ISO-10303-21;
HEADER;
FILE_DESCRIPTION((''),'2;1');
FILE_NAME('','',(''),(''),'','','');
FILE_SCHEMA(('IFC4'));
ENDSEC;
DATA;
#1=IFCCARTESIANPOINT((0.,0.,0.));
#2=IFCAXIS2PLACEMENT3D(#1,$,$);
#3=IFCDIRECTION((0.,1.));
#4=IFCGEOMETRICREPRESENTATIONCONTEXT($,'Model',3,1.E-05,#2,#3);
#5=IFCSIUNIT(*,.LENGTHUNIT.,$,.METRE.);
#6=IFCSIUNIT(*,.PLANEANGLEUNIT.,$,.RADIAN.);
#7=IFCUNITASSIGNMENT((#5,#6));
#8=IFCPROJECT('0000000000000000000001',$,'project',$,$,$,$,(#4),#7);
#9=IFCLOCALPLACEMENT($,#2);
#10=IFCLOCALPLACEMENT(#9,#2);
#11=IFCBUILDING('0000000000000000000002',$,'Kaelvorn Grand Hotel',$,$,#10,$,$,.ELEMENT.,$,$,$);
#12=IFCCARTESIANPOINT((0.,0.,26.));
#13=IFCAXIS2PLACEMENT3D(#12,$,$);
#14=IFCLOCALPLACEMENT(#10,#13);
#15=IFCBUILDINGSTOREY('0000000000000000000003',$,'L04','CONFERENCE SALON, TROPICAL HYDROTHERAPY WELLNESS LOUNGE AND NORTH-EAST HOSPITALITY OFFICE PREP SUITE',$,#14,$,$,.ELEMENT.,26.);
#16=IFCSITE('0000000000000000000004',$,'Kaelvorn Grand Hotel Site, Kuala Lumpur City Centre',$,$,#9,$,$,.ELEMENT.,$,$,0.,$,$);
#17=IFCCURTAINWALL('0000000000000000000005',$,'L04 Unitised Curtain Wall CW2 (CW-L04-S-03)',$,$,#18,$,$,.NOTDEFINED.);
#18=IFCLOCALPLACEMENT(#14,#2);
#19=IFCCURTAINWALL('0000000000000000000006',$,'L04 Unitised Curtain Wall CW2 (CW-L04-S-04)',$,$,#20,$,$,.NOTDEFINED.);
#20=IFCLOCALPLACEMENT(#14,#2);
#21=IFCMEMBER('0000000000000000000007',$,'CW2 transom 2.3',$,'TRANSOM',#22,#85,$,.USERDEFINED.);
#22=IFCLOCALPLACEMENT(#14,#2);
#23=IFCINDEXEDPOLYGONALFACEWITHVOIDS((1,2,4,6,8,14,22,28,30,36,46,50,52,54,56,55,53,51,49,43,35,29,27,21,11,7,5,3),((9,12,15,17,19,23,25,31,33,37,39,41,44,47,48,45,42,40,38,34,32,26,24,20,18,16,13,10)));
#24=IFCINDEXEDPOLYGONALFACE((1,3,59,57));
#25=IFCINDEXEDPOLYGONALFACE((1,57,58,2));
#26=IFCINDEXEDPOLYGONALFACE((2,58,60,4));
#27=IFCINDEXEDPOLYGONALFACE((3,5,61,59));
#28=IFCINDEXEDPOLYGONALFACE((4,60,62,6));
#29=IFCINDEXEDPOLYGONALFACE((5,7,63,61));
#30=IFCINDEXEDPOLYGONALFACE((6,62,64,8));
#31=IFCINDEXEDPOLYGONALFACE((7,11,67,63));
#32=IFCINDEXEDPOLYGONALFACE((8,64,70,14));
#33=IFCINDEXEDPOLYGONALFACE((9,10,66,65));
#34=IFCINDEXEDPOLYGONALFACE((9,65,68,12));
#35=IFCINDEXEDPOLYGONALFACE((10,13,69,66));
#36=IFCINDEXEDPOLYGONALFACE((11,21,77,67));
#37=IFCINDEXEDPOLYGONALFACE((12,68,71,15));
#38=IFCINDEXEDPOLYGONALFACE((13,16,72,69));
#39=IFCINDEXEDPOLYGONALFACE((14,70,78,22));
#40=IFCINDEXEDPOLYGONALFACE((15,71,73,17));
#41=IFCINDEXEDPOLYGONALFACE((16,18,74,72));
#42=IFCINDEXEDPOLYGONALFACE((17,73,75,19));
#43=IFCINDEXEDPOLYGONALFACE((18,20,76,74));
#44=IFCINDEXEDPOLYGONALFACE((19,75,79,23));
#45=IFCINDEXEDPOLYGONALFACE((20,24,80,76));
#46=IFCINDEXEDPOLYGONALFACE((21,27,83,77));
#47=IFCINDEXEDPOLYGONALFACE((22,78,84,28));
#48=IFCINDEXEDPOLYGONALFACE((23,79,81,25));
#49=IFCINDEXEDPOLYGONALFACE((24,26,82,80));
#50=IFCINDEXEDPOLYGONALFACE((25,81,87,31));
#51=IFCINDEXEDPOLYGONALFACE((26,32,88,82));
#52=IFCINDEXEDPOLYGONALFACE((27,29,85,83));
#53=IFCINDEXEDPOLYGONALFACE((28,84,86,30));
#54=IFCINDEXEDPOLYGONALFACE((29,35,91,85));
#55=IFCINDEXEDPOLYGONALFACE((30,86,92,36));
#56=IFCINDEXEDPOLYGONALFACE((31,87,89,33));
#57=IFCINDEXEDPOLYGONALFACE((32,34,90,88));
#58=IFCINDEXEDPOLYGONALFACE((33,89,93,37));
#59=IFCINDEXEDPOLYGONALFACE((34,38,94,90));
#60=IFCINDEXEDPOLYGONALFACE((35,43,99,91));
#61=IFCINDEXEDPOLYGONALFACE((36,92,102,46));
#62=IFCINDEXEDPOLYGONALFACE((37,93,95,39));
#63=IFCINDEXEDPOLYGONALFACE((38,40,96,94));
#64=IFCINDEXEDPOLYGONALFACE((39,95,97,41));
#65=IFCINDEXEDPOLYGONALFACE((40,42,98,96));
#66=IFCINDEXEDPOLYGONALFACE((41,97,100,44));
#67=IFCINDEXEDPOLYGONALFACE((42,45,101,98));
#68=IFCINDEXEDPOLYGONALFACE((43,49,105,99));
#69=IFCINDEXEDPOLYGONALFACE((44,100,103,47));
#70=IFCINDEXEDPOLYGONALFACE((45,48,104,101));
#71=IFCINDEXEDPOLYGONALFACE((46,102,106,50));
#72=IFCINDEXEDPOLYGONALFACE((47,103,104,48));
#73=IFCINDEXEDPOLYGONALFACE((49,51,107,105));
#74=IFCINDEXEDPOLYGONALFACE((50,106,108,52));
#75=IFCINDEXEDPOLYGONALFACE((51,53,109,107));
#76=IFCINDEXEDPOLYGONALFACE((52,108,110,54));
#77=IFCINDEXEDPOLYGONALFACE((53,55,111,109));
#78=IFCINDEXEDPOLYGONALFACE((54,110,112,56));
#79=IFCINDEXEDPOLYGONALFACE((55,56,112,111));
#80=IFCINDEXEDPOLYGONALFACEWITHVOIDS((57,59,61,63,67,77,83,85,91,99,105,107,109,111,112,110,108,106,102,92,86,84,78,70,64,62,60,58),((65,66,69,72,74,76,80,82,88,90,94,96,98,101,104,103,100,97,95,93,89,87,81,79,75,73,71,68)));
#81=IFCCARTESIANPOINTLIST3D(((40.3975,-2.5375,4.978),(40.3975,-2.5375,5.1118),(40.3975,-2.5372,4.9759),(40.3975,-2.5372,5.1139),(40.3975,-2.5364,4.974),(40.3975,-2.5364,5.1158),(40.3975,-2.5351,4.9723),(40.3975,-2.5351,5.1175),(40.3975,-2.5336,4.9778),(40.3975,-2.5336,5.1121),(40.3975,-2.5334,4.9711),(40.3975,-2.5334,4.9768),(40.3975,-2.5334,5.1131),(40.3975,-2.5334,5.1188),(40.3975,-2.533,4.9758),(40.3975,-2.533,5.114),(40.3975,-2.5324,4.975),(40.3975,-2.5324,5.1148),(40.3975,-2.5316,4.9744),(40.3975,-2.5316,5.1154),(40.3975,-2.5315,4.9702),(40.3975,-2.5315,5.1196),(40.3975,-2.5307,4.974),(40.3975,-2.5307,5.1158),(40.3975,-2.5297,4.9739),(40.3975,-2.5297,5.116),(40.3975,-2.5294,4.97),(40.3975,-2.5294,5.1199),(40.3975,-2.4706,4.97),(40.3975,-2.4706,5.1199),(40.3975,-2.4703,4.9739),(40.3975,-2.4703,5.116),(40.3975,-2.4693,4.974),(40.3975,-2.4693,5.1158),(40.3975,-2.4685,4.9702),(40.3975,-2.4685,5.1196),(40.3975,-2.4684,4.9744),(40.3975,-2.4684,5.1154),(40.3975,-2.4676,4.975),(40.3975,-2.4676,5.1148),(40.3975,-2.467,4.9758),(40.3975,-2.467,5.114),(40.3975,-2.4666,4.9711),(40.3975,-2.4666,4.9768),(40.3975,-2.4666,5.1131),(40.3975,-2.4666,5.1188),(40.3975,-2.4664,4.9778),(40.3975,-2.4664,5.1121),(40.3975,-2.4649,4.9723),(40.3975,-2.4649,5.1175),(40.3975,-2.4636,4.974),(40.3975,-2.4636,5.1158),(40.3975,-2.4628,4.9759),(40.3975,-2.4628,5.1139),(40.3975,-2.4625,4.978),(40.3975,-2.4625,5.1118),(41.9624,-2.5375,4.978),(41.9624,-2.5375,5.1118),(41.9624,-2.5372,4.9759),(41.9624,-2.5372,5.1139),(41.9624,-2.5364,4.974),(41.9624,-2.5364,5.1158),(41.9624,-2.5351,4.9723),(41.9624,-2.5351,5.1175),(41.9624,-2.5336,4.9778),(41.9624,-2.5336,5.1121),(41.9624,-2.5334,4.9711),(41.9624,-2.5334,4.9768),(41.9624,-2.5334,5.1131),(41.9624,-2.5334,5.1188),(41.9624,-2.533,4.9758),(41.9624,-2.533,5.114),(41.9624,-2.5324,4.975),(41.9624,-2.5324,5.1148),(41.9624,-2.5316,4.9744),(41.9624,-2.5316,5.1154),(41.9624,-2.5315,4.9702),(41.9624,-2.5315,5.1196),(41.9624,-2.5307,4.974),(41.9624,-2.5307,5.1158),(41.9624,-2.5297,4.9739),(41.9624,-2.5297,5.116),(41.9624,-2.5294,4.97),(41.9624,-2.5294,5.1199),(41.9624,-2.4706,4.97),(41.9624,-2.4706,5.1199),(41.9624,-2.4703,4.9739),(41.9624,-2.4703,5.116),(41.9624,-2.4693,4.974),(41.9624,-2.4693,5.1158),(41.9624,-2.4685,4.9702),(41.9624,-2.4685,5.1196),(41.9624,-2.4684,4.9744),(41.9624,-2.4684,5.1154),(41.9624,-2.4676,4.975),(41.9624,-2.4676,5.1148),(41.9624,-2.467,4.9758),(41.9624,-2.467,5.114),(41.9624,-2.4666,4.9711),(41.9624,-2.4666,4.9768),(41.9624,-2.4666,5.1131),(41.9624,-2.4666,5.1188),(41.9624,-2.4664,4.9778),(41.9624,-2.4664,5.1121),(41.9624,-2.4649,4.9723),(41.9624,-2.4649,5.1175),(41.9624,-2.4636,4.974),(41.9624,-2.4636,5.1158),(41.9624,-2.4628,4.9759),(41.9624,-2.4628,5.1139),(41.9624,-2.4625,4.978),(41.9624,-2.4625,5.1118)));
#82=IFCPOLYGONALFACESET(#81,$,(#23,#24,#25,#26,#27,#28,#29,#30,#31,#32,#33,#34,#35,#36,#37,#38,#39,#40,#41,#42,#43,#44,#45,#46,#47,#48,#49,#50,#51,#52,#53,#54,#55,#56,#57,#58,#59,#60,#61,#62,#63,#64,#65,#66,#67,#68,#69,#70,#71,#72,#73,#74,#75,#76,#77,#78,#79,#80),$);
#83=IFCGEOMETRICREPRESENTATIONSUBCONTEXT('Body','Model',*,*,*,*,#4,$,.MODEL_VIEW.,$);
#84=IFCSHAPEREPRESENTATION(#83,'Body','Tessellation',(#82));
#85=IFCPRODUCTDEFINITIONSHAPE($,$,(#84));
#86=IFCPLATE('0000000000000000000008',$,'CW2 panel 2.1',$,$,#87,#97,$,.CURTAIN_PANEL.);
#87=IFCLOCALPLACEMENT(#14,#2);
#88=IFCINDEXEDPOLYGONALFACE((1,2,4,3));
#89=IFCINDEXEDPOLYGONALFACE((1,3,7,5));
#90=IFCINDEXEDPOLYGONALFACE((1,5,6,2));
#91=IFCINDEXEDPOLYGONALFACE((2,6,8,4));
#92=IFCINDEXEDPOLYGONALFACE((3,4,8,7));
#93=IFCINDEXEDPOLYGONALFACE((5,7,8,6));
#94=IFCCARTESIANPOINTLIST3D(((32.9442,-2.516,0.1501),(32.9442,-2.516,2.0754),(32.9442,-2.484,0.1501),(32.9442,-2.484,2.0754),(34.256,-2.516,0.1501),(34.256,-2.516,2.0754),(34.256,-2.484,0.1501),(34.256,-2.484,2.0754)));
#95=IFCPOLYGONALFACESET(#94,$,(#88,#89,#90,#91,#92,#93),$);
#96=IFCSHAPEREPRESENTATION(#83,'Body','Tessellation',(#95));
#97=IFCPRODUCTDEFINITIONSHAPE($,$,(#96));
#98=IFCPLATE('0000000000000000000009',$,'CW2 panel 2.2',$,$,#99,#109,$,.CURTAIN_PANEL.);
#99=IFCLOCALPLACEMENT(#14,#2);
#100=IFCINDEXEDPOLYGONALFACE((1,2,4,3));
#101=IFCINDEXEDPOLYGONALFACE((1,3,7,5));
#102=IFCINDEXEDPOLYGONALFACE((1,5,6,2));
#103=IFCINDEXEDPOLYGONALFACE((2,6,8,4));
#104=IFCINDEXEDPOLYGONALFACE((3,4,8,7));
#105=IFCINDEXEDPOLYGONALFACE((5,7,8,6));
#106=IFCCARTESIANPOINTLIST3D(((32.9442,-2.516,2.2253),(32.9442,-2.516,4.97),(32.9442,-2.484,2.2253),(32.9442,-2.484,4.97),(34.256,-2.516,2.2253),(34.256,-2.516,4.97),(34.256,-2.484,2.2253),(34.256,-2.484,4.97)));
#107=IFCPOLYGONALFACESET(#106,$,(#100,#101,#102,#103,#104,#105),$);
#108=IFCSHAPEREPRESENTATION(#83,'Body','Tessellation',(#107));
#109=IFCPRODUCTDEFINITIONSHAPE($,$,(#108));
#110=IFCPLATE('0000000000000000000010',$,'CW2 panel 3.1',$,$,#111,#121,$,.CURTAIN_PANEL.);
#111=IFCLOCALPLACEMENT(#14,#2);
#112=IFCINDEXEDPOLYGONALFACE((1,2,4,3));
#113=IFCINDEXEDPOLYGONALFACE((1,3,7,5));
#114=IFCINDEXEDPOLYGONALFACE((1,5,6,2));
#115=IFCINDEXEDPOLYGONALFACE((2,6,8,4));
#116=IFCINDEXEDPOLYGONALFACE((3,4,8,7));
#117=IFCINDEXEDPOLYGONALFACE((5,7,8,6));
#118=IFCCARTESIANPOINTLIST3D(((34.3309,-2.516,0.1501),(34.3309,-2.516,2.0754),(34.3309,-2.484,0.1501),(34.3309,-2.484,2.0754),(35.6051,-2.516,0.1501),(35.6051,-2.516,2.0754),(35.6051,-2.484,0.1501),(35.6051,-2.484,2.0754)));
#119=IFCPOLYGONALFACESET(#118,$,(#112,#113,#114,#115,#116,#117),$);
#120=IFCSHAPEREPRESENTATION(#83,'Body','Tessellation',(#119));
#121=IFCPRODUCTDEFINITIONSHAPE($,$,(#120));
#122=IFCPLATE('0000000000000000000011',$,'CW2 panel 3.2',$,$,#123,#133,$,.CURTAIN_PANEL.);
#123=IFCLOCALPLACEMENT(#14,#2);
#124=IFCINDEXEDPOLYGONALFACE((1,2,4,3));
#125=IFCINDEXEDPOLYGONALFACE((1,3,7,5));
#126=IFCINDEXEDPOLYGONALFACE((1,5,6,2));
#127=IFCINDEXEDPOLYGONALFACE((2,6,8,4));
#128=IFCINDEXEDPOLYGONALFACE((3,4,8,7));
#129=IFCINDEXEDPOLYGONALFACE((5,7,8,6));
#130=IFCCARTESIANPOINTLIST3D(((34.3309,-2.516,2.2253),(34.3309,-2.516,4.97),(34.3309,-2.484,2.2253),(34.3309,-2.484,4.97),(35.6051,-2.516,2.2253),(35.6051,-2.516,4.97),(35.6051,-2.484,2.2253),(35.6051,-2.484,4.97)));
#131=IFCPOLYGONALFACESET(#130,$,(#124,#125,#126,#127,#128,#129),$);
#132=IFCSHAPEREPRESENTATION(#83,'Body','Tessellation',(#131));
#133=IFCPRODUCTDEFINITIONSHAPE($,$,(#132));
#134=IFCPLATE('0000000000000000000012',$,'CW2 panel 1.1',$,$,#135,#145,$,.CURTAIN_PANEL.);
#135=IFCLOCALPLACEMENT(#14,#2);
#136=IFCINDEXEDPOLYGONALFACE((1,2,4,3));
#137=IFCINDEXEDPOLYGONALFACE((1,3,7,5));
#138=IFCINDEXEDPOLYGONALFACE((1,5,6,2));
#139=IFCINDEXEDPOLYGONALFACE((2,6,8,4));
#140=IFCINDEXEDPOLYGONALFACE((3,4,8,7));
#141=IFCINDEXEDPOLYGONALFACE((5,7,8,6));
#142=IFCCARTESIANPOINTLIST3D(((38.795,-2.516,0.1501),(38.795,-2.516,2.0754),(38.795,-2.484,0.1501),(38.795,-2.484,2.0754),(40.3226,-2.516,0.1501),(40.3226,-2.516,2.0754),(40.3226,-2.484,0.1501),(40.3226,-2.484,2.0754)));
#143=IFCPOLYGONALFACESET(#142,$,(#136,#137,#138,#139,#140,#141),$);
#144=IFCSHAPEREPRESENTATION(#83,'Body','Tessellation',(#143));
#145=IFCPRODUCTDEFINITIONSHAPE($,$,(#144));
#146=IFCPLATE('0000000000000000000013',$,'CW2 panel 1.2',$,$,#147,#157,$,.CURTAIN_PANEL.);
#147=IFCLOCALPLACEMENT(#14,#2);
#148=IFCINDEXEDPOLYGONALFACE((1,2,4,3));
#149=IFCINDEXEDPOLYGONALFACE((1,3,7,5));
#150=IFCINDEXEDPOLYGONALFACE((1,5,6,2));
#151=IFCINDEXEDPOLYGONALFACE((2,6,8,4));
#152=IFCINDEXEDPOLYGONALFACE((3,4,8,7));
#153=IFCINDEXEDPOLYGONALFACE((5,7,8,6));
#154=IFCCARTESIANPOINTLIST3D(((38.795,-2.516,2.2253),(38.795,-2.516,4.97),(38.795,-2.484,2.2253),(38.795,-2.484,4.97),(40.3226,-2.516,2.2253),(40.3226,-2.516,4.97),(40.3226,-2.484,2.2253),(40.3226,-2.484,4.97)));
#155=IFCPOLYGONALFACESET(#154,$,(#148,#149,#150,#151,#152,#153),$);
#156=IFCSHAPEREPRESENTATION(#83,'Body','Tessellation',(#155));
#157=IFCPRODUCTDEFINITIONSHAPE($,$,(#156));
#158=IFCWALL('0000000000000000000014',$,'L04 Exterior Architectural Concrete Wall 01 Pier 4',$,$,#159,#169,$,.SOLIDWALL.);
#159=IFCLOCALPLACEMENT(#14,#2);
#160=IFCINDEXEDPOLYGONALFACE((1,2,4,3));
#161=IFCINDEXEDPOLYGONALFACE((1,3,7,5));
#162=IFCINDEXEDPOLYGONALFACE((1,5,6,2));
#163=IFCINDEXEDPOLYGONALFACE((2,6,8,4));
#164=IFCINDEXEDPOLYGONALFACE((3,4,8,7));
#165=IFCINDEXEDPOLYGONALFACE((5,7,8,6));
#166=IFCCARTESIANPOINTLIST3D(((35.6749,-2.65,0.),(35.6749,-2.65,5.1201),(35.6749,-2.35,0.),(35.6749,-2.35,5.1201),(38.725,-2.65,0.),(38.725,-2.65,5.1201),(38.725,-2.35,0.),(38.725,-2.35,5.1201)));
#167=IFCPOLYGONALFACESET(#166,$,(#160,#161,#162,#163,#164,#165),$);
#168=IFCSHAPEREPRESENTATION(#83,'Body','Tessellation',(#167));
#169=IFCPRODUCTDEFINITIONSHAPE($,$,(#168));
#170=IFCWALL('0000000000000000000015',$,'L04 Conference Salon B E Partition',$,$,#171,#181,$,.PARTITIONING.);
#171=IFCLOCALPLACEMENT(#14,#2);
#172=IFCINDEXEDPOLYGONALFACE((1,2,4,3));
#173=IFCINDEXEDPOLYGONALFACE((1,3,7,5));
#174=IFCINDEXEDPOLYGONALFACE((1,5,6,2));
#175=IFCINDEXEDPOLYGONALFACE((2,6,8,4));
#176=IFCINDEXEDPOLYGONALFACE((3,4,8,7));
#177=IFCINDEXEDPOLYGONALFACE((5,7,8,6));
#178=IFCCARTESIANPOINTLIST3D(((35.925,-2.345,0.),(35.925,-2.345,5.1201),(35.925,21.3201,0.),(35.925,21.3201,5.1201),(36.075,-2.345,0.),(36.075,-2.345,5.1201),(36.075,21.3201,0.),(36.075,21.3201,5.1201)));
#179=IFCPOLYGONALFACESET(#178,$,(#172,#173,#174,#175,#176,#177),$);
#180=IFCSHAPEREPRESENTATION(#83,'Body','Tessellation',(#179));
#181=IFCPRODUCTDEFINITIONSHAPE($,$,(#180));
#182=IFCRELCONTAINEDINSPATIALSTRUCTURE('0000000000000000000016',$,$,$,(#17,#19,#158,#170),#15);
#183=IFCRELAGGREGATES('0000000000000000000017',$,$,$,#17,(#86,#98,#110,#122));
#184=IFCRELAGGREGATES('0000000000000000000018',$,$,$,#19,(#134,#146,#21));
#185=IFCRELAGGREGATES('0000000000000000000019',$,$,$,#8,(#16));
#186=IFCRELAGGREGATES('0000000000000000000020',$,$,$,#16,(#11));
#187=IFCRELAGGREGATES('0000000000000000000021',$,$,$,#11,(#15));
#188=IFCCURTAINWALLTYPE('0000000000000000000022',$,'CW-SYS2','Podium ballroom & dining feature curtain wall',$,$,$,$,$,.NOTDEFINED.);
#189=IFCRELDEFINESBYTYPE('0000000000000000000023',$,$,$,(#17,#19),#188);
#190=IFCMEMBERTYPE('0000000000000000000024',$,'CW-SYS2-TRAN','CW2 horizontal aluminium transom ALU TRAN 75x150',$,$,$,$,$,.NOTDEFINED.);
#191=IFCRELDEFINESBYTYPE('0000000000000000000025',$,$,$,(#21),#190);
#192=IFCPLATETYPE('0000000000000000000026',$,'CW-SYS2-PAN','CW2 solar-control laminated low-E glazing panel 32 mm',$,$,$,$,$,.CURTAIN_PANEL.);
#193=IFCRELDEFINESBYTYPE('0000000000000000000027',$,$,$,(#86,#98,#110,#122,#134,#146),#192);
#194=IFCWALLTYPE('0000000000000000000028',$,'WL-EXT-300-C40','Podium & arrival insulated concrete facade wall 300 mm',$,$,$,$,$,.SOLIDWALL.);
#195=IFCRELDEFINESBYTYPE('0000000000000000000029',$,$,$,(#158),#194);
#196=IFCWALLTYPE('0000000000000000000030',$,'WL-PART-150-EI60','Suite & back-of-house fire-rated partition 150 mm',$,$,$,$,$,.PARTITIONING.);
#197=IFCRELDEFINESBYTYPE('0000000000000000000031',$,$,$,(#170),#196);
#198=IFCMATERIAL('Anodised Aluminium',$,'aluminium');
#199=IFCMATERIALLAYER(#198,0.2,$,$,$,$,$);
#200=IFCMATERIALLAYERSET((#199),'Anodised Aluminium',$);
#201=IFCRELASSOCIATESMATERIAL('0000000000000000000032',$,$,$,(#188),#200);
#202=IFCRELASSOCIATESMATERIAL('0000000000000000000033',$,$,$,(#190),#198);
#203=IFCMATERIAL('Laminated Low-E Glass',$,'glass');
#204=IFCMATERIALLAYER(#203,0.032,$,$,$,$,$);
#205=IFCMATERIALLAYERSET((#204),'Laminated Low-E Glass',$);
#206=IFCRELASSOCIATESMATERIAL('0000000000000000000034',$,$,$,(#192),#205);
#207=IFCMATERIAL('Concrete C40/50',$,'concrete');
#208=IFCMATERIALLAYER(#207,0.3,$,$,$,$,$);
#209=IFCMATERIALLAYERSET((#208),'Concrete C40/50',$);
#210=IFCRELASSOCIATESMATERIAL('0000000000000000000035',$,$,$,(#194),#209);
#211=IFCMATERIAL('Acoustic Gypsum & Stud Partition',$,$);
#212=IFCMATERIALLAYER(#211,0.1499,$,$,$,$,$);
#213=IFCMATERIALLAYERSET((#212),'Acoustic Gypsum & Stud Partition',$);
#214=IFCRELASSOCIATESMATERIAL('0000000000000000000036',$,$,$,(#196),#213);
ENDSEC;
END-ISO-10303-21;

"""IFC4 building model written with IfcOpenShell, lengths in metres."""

from ifc_helpers import new_model, si_unit, direction, frame, frame_2d, origin, origin_2d, place, context, subcontext, project, spatial, rectangle, hollow_rectangle, extrude, material, layer, layer_set, material_profile, profile_set, type_object, element, aggregate, save


model = new_model("IFC4")

# Units and contexts
model_context = context("Model", 3, precision=1e-05, world=origin(), true_north=direction((0.0, 1.0)))
body_context = subcontext(model_context, "Body", "Model", "MODEL_VIEW")
ifc_project = project(units=[si_unit("LENGTHUNIT", "METRE"), si_unit("PLANEANGLEUNIT", "RADIAN")], contexts=[model_context])

# Site, building, storey
site_placement = place(None, origin())
site = spatial("IfcSite", under=ifc_project, at=site_placement, Name="Kaelvorn Grand Hotel Site, Kuala Lumpur City Centre", CompositionType="ELEMENT", RefElevation=0.0)
building_placement = place(site_placement, origin())
building = spatial("IfcBuilding", under=site, at=building_placement, Name="Kaelvorn Grand Hotel", CompositionType="ELEMENT")
storey_placement = place(building_placement, frame((0.0, 0.0, 26.0)))
storey = spatial("IfcBuildingStorey", under=building, at=storey_placement, Name="L04", Description="CONFERENCE SALON, TROPICAL HYDROTHERAPY WELLNESS LOUNGE AND NORTH-EAST HOSPITALITY OFFICE PREP SUITE", CompositionType="ELEMENT", Elevation=26.0)

# Curtain walls
ifc_material_1 = material(Name="Anodised Aluminium", Category="aluminium")
ifc_layer_1 = layer(ifc_material_1, 0.2)
ifc_layer_set_1 = layer_set([ifc_layer_1], Name="Anodised Aluminium")
curtain_wall_type = type_object("IfcCurtainWallType", Name="CW-SYS2", Description="Podium ballroom & dining feature curtain wall", PredefinedType="NOTDEFINED", material=ifc_layer_set_1)
curtain_wall_1_placement = place(storey_placement, origin())
curtain_wall_1 = element("IfcCurtainWall", 1, at=curtain_wall_1_placement, inside=storey, type_object=curtain_wall_type, Name="L04 Unitised Curtain Wall CW2 (CW-L04-S-03)", PredefinedType="NOTDEFINED")
curtain_wall_2_placement = place(storey_placement, origin())
curtain_wall_2 = element("IfcCurtainWall", 2, at=curtain_wall_2_placement, inside=storey, type_object=curtain_wall_type, Name="L04 Unitised Curtain Wall CW2 (CW-L04-S-04)", PredefinedType="NOTDEFINED")

# Member
ifc_material_profile_1 = material_profile(ifc_material_1, hollow_rectangle(XDim=0.075, YDim=0.1499, WallThickness=0.0039, InnerFilletRadius=0.0039, OuterFilletRadius=0.0081, at=origin_2d()), Name="ALU TRAN 75x150")
ifc_profile_set_1 = profile_set([ifc_material_profile_1], Name="Anodised Aluminium")
member_type_1 = type_object("IfcMemberType", Name="CW-SYS2-TRAN", Description="CW2 horizontal aluminium transom ALU TRAN 75x150", PredefinedType="NOTDEFINED", material=ifc_profile_set_1)
member_1_placement = place(storey_placement, frame((40.3975, -2.5, 5.0449), z_axis=(1.0, 0.0, 0.0), x_axis=(0.0, 1.0, 0.0)))
member_1 = element("IfcMember", 3, at=member_1_placement, type_object=member_type_1, Name="CW2 transom 2.3", ObjectType="TRANSOM", PredefinedType="USERDEFINED", context=body_context, shape_type="SweptSolid", body=[
    extrude(hollow_rectangle(XDim=0.075, YDim=0.1499, WallThickness=0.0039, InnerFilletRadius=0.0039, OuterFilletRadius=0.0081, at=origin_2d()), origin(), (0.0, 0.0, 1.0), 1.5649),
])

# Plates
ifc_material_2 = material(Name="Laminated Low-E Glass", Category="glass")
ifc_layer_2 = layer(ifc_material_2, 0.032)
ifc_layer_set_2 = layer_set([ifc_layer_2], Name="Laminated Low-E Glass")
plate_type = type_object("IfcPlateType", Name="CW-SYS2-PAN", Description="CW2 solar-control laminated low-E glazing panel 32 mm", PredefinedType="CURTAIN_PANEL", material=ifc_layer_set_2)
plate_1_placement = place(storey_placement, frame((33.6001, -2.5, 0.1501), z_axis=(0.0, 0.0, 1.0), x_axis=(1.0, 0.0, 0.0)))
plate_1 = element("IfcPlate", 4, at=plate_1_placement, type_object=plate_type, Name="CW2 panel 2.1", PredefinedType="CURTAIN_PANEL", context=body_context, shape_type="SweptSolid", body=[
    extrude(rectangle(XDim=1.3118, YDim=0.032, at=origin_2d()), origin(), (0.0, 0.0, 1.0), 1.9253),
])
plate_2_placement = place(storey_placement, frame((33.6001, -2.5, 2.2253), z_axis=(0.0, 0.0, 1.0), x_axis=(1.0, 0.0, 0.0)))
plate_2 = element("IfcPlate", 5, at=plate_2_placement, type_object=plate_type, Name="CW2 panel 2.2", PredefinedType="CURTAIN_PANEL", context=body_context, shape_type="SweptSolid", body=[
    extrude(rectangle(XDim=1.3118, YDim=0.032, at=origin_2d()), origin(), (0.0, 0.0, 1.0), 2.7446),
])
plate_3_placement = place(storey_placement, frame((34.968, -2.5, 0.1501), z_axis=(0.0, 0.0, 1.0), x_axis=(1.0, 0.0, 0.0)))
plate_3 = element("IfcPlate", 6, at=plate_3_placement, type_object=plate_type, Name="CW2 panel 3.1", PredefinedType="CURTAIN_PANEL", context=body_context, shape_type="SweptSolid", body=[
    extrude(rectangle(XDim=1.2742, YDim=0.032, at=origin_2d()), origin(), (0.0, 0.0, 1.0), 1.9253),
])
plate_4_placement = place(storey_placement, frame((34.968, -2.5, 2.2253), z_axis=(0.0, 0.0, 1.0), x_axis=(1.0, 0.0, 0.0)))
plate_4 = element("IfcPlate", 7, at=plate_4_placement, type_object=plate_type, Name="CW2 panel 3.2", PredefinedType="CURTAIN_PANEL", context=body_context, shape_type="SweptSolid", body=[
    extrude(rectangle(XDim=1.2742, YDim=0.032, at=origin_2d()), origin(), (0.0, 0.0, 1.0), 2.7446),
])
aggregate(curtain_wall_1, [plate_1, plate_2, plate_3, plate_4])
plate_5_placement = place(storey_placement, frame((39.5588, -2.5, 0.1501), z_axis=(0.0, 0.0, 1.0), x_axis=(1.0, 0.0, 0.0)))
plate_5 = element("IfcPlate", 8, at=plate_5_placement, type_object=plate_type, Name="CW2 panel 1.1", PredefinedType="CURTAIN_PANEL", context=body_context, shape_type="SweptSolid", body=[
    extrude(rectangle(XDim=1.5276, YDim=0.032, at=origin_2d()), origin(), (0.0, 0.0, 1.0), 1.9253),
])
plate_6_placement = place(storey_placement, frame((39.5588, -2.5, 2.2253), z_axis=(0.0, 0.0, 1.0), x_axis=(1.0, 0.0, 0.0)))
plate_6 = element("IfcPlate", 9, at=plate_6_placement, type_object=plate_type, Name="CW2 panel 1.2", PredefinedType="CURTAIN_PANEL", context=body_context, shape_type="SweptSolid", body=[
    extrude(rectangle(XDim=1.5276, YDim=0.032, at=origin_2d()), origin(), (0.0, 0.0, 1.0), 2.7446),
])
aggregate(curtain_wall_2, [plate_5, plate_6, member_1])

# Walls
ifc_material_3 = material(Name="Concrete C40/50", Category="concrete")
ifc_layer_3 = layer(ifc_material_3, 0.3)
ifc_layer_set_3 = layer_set([ifc_layer_3], Name="Concrete C40/50")
wall_type_1 = type_object("IfcWallType", Name="WL-EXT-300-C40", Description="Podium & arrival insulated concrete facade wall 300 mm", PredefinedType="SOLIDWALL", material=ifc_layer_set_3)
wall_1_placement = place(storey_placement, frame((35.675, -2.5, 0.0), z_axis=(0.0, 0.0, 1.0), x_axis=(1.0, 0.0, 0.0)))
element("IfcWall", 10, at=wall_1_placement, inside=storey, type_object=wall_type_1, Name="L04 Exterior Architectural Concrete Wall 01 Pier 4", PredefinedType="SOLIDWALL", context=body_context, shape_type="SweptSolid", body=[
    extrude(rectangle(XDim=3.05, YDim=0.3, at=frame_2d((1.5249, 0.0))), origin(), (0.0, 0.0, 1.0), 5.1201),
])
ifc_material_4 = material(Name="Acoustic Gypsum & Stud Partition")
ifc_layer_4 = layer(ifc_material_4, 0.1499)
ifc_layer_set_4 = layer_set([ifc_layer_4], Name="Acoustic Gypsum & Stud Partition")
wall_type_2 = type_object("IfcWallType", Name="WL-PART-150-EI60", Description="Suite & back-of-house fire-rated partition 150 mm", PredefinedType="PARTITIONING", material=ifc_layer_set_4)
wall_2_placement = place(storey_placement, frame((36.0, -2.345, 0.0), z_axis=(0.0, 0.0, 1.0), x_axis=(0.0, 1.0, 0.0)))
element("IfcWall", 11, at=wall_2_placement, inside=storey, type_object=wall_type_2, Name="L04 Conference Salon B E Partition", PredefinedType="PARTITIONING", context=body_context, shape_type="SweptSolid", body=[
    extrude(rectangle(XDim=23.665, YDim=0.1499, at=frame_2d((11.8325, 0.0))), origin(), (0.0, 0.0, 1.0), 5.1201),
])

save(model, "model.ifc")
